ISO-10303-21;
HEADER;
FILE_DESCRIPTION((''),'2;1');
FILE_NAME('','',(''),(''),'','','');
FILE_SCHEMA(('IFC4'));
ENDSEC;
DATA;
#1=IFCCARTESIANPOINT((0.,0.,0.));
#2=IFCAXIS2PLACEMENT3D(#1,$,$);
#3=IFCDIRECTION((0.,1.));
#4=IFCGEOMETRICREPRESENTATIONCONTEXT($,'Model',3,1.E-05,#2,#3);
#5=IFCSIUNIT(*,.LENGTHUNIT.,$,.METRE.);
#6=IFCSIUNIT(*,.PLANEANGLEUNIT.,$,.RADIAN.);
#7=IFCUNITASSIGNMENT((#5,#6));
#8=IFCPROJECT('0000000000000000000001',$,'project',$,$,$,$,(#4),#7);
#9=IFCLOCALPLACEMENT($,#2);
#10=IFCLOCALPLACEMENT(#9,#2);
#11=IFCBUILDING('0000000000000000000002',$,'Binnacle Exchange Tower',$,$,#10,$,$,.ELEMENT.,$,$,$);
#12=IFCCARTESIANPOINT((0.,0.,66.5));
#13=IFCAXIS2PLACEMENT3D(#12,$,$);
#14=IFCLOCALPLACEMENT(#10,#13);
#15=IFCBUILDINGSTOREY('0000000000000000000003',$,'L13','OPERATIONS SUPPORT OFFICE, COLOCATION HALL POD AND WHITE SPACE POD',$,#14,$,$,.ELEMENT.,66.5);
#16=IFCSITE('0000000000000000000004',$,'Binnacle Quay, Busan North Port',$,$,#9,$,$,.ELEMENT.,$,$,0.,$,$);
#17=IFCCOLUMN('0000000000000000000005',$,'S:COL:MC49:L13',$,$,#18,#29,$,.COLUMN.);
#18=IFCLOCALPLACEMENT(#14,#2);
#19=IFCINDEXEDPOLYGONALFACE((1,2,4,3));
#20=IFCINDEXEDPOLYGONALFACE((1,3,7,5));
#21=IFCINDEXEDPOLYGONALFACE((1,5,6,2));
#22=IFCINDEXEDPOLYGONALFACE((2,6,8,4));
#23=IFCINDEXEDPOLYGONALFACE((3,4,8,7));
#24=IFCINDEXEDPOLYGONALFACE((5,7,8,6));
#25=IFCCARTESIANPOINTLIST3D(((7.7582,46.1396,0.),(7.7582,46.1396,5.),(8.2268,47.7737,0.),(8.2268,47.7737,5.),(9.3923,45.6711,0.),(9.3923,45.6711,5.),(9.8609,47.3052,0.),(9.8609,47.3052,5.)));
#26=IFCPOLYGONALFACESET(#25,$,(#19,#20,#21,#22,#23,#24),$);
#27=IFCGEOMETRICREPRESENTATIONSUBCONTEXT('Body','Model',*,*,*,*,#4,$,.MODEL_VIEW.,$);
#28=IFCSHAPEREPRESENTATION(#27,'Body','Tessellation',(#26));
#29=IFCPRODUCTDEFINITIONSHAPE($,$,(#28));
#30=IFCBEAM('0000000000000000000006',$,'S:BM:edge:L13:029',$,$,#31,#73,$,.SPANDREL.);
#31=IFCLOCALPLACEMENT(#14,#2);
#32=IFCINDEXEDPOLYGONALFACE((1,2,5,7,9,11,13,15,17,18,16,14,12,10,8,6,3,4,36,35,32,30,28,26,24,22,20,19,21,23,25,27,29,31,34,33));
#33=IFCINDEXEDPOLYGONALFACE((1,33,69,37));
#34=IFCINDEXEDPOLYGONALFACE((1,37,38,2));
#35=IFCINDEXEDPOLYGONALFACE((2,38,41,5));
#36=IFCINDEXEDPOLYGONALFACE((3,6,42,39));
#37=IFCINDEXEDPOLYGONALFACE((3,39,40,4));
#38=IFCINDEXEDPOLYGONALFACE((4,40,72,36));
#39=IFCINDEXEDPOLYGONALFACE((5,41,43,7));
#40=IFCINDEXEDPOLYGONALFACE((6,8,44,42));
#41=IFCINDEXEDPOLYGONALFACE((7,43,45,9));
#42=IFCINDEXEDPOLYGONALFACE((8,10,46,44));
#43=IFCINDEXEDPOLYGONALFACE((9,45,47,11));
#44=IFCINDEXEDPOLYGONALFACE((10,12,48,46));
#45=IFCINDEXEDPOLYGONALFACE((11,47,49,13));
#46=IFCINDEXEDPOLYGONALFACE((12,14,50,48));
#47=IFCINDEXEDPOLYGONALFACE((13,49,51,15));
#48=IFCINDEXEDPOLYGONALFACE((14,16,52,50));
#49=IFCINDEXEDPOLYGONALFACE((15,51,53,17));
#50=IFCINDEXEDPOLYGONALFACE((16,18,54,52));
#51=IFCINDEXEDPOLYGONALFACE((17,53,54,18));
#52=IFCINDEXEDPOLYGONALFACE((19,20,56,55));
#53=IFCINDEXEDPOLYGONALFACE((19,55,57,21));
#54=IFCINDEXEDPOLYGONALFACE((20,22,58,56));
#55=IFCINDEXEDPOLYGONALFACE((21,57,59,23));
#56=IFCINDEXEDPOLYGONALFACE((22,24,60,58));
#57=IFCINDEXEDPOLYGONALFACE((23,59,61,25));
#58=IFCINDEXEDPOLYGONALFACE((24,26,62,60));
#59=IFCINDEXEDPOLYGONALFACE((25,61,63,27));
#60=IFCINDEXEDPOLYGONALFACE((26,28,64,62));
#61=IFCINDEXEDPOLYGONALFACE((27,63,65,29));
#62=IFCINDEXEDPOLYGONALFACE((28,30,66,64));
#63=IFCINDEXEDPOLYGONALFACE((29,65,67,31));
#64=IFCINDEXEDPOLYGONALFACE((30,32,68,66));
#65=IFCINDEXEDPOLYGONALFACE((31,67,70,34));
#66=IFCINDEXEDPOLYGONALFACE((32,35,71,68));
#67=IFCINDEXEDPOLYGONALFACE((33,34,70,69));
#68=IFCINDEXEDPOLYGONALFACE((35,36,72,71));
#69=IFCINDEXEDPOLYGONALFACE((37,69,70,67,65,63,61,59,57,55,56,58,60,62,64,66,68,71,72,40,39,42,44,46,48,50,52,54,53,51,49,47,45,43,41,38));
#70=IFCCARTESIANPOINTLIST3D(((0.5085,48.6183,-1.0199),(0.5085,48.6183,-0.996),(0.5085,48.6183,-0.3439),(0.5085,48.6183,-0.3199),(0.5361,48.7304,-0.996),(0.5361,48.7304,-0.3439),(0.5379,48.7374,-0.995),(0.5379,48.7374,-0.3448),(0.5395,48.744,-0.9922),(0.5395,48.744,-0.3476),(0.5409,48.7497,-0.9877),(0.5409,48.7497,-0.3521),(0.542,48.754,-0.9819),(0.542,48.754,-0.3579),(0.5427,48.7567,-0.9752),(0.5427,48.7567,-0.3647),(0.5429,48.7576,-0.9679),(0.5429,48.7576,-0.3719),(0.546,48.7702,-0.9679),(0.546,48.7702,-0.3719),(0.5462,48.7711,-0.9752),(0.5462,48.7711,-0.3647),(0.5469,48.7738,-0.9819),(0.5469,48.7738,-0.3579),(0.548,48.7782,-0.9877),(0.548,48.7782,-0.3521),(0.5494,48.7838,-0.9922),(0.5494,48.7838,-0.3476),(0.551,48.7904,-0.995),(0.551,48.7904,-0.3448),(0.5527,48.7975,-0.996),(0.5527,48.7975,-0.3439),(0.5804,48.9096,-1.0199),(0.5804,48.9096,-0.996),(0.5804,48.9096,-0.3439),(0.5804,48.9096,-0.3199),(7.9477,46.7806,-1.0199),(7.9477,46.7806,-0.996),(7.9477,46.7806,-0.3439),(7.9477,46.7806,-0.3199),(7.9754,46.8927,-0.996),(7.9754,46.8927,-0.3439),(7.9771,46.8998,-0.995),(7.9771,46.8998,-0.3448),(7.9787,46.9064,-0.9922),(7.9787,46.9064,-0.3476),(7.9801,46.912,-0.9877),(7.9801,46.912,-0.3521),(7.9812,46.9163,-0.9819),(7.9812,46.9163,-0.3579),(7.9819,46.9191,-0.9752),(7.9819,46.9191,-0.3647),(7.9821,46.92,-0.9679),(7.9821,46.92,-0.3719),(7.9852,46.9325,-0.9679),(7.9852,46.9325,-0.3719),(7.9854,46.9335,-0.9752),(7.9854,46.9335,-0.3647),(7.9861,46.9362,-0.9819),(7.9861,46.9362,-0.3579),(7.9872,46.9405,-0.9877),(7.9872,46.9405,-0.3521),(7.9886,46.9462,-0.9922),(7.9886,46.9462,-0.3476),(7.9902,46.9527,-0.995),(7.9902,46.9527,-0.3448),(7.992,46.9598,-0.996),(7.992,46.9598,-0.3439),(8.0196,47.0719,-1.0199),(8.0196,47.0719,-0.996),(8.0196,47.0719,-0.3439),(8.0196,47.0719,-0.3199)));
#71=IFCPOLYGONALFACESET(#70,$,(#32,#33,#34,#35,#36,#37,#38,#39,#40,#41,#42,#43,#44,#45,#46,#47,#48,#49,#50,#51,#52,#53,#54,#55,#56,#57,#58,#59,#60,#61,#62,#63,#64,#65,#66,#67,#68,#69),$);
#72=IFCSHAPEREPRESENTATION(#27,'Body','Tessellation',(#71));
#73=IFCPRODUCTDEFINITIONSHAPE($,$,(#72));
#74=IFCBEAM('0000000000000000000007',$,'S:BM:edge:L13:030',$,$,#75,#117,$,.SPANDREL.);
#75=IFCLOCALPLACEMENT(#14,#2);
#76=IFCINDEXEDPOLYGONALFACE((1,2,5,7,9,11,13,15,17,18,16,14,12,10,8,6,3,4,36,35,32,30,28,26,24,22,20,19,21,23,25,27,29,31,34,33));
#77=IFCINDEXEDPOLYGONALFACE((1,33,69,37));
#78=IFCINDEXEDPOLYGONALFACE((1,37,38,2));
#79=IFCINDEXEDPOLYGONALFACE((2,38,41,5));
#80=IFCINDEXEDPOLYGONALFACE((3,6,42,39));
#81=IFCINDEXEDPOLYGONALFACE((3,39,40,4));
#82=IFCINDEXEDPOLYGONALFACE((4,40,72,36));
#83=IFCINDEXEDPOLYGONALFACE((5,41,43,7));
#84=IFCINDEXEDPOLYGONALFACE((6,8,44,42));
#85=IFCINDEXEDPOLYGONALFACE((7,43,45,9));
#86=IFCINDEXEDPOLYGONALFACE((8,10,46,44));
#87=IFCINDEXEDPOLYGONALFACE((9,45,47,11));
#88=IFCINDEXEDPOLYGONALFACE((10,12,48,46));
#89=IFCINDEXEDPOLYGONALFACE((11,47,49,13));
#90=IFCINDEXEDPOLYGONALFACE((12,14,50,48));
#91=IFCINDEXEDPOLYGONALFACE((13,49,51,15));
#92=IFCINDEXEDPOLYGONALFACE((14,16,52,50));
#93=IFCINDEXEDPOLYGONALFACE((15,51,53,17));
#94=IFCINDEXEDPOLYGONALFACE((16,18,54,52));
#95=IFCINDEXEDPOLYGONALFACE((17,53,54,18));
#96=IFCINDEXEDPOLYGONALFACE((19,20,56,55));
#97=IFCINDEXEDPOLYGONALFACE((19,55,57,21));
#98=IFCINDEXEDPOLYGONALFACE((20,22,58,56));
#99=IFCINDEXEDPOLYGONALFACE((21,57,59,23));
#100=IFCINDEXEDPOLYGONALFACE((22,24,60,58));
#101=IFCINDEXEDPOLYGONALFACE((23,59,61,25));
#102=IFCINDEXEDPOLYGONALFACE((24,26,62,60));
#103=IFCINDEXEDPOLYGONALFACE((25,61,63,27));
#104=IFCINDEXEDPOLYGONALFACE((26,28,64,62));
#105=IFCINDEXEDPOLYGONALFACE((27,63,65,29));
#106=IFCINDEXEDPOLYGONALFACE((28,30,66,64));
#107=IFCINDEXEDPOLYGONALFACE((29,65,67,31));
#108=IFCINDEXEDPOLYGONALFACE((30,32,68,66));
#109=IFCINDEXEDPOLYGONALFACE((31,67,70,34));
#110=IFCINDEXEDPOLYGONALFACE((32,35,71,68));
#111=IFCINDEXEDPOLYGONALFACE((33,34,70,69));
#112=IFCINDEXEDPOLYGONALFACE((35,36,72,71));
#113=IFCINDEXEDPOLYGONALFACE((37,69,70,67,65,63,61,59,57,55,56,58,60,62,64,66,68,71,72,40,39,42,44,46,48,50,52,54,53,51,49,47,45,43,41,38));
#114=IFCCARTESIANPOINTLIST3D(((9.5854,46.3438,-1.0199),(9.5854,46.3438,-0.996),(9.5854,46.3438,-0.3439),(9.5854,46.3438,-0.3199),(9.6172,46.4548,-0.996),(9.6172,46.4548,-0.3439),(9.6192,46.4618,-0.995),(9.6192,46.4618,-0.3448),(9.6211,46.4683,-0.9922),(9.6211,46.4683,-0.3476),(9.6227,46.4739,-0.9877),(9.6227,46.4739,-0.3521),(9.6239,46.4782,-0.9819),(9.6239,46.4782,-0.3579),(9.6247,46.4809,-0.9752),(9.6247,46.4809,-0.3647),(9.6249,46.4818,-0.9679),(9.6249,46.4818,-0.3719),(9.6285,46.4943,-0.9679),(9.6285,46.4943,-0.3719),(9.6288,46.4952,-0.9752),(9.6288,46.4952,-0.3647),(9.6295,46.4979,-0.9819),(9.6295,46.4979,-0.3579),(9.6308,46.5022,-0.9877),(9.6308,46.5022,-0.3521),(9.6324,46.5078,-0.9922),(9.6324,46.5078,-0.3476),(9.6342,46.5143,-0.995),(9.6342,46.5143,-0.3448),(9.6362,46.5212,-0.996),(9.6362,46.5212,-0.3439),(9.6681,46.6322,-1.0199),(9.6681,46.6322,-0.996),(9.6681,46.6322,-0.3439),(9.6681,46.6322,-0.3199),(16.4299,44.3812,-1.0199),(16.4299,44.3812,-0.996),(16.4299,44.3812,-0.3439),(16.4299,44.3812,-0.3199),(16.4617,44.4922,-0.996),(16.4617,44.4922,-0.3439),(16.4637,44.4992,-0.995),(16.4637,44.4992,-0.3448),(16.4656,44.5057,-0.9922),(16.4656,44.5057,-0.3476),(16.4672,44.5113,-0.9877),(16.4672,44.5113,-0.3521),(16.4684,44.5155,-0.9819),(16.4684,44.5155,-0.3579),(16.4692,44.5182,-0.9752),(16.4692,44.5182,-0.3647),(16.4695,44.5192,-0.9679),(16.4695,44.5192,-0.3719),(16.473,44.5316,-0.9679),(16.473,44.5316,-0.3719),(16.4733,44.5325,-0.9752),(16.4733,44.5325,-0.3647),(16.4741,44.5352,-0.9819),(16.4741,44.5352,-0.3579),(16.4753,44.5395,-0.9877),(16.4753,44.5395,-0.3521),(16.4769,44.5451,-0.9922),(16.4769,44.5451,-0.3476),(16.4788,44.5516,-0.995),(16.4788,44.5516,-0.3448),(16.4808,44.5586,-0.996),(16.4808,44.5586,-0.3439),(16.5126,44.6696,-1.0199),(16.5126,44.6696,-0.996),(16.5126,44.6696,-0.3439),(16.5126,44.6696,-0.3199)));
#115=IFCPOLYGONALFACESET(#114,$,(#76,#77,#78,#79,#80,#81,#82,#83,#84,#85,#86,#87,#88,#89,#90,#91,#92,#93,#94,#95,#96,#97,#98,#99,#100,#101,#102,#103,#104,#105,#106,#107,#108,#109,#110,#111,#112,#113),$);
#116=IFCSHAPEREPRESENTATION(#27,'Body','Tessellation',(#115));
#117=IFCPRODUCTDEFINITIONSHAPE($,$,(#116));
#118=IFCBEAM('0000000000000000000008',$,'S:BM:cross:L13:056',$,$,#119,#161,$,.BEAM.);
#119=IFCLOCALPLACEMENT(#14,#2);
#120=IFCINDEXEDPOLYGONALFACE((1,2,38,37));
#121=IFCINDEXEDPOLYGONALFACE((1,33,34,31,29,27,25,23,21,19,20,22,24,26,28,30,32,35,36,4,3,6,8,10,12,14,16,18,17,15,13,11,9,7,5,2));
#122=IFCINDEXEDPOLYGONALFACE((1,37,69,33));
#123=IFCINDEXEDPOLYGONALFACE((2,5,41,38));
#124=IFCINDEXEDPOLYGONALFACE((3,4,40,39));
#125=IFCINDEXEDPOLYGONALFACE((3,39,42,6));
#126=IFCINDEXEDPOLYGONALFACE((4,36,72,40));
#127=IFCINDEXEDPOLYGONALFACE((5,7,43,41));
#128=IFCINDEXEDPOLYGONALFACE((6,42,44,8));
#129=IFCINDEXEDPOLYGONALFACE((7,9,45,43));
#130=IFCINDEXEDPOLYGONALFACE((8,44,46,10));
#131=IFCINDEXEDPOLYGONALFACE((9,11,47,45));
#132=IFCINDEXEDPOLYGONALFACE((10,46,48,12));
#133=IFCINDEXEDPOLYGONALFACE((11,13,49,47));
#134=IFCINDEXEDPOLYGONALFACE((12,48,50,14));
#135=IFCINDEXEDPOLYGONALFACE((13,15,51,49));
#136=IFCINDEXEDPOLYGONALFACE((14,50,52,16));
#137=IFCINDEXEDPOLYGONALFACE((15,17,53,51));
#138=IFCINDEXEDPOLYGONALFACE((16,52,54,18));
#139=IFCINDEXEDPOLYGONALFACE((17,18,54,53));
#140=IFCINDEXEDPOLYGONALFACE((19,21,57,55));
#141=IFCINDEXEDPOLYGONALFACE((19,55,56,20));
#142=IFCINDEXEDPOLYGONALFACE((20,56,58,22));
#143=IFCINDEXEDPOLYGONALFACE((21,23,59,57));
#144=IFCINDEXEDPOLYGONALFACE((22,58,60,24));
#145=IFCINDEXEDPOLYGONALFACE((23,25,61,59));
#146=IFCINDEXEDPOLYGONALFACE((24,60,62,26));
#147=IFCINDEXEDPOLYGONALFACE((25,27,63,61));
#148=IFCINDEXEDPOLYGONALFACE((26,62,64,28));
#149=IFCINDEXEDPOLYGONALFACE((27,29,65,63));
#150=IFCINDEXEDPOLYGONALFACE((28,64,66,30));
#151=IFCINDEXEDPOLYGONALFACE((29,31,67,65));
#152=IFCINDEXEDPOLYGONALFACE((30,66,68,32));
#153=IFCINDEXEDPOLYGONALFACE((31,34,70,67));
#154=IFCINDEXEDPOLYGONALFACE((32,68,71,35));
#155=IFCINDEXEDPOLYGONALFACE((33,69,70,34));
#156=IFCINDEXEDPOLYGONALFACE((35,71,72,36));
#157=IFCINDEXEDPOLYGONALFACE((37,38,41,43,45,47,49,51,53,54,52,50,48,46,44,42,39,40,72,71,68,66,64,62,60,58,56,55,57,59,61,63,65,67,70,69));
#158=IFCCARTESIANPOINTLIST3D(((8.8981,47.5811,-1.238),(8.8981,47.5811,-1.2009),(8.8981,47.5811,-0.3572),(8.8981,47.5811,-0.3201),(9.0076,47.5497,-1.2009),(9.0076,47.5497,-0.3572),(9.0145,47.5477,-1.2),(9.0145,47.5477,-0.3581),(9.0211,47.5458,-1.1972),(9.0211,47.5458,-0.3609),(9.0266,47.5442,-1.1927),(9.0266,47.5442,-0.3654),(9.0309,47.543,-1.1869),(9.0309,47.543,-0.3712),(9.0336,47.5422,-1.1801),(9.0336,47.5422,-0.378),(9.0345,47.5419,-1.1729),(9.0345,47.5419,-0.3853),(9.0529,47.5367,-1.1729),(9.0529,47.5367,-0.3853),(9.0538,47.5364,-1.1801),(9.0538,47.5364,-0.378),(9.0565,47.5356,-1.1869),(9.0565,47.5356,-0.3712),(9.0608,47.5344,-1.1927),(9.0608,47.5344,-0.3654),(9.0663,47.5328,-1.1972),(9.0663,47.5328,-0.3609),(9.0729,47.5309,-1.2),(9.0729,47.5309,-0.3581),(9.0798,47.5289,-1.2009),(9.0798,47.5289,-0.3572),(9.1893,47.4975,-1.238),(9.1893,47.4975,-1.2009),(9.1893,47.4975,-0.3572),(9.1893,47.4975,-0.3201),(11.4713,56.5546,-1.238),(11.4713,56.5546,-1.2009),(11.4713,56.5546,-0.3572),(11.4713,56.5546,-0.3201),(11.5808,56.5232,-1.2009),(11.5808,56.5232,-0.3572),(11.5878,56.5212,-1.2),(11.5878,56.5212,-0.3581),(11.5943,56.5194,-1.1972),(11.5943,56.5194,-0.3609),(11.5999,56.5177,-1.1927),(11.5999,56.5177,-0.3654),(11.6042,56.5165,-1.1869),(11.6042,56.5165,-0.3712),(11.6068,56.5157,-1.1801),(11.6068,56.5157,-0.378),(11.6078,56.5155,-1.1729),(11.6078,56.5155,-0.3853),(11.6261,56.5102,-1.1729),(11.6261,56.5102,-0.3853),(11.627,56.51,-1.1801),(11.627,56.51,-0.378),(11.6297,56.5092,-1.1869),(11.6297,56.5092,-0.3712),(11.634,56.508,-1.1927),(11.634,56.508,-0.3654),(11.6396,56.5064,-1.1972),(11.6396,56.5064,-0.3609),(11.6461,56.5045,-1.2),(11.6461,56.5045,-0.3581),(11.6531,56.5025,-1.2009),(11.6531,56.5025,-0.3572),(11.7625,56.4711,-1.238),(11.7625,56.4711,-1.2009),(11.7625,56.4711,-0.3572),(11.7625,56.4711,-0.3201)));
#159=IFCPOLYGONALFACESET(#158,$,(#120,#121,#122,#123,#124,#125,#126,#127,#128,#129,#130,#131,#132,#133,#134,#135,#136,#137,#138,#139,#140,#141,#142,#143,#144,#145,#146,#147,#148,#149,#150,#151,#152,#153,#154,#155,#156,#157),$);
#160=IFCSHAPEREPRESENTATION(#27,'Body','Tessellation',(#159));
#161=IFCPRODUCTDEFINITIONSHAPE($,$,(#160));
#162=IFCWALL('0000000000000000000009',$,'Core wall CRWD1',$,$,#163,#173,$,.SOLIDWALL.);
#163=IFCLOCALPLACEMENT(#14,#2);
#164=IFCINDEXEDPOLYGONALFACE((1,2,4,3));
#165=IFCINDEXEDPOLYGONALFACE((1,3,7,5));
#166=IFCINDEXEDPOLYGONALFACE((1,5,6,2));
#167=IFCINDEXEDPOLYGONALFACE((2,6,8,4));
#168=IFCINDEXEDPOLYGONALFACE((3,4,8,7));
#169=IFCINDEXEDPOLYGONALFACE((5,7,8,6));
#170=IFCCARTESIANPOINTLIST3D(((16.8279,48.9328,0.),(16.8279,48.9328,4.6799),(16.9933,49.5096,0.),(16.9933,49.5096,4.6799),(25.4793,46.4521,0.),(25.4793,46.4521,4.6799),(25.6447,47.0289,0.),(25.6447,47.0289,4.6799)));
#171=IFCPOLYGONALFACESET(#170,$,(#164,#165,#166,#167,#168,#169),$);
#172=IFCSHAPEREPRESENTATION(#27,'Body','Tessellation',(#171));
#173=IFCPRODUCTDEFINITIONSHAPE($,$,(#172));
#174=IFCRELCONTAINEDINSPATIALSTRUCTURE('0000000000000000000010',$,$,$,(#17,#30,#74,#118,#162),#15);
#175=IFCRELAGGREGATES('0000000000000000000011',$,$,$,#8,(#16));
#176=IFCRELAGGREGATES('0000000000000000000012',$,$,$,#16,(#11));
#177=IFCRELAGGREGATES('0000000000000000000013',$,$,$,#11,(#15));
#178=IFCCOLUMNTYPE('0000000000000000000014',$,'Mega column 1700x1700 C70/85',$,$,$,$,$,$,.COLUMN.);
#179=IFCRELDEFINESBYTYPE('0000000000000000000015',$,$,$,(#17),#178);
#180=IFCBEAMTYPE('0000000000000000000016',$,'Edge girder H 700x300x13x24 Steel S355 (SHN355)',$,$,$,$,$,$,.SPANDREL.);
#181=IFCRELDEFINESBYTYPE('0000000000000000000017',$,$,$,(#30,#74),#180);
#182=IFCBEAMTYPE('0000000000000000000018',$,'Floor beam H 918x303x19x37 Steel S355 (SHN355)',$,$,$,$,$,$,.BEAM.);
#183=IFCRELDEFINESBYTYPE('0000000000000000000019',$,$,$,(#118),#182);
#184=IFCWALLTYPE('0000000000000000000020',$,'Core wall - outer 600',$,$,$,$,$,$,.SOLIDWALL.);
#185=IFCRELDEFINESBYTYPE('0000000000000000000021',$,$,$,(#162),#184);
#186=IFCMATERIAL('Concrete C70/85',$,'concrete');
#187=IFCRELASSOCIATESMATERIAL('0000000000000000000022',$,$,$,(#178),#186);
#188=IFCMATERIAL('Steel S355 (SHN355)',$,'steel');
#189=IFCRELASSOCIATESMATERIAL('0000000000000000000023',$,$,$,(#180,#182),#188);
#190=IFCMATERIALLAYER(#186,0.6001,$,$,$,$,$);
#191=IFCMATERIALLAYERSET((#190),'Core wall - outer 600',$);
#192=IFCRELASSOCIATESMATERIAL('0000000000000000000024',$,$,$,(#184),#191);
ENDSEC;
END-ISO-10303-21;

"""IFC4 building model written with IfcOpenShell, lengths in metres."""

from ifc_helpers import new_model, si_unit, direction, frame, frame_2d, origin, origin_2d, place, context, subcontext, project, spatial, rectangle, i_section, extrude, material, layer, layer_set, material_profile, profile_set, type_object, element, save


model = new_model("IFC4")

# Units and contexts
model_context = context("Model", 3, precision=1e-05, world=origin(), true_north=direction((0.0, 1.0)))
body_context = subcontext(model_context, "Body", "Model", "MODEL_VIEW")
ifc_project = project(units=[si_unit("LENGTHUNIT", "METRE"), si_unit("PLANEANGLEUNIT", "RADIAN")], contexts=[model_context])

# Site, building, storey
site_placement = place(None, origin())
site = spatial("IfcSite", under=ifc_project, at=site_placement, Name="Binnacle Quay, Busan North Port", CompositionType="ELEMENT", RefElevation=0.0)
building_placement = place(site_placement, origin())
building = spatial("IfcBuilding", under=site, at=building_placement, Name="Binnacle Exchange Tower", CompositionType="ELEMENT")
storey_placement = place(building_placement, frame((0.0, 0.0, 66.5)))
storey = spatial("IfcBuildingStorey", under=building, at=storey_placement, Name="L13", Description="OPERATIONS SUPPORT OFFICE, COLOCATION HALL POD AND WHITE SPACE POD", CompositionType="ELEMENT", Elevation=66.5)

# Column
ifc_material_1 = material(Name="Concrete C70/85", Category="concrete")
ifc_material_profile_1 = material_profile(ifc_material_1, rectangle(XDim=1.7, YDim=1.7, at=origin_2d()), Name="Mega column 1700x1700 C70/85")
ifc_profile_set_1 = profile_set([ifc_material_profile_1], Name="Concrete C70/85")
column_type = type_object("IfcColumnType", Name="Mega column 1700x1700 C70/85", PredefinedType="COLUMN", material=ifc_profile_set_1)
column_placement = place(storey_placement, frame((8.8096, 46.7224, 0.0), z_axis=(0.0, 0.0, 1.0), x_axis=(0.961262, -0.275637, 0.0)))
element("IfcColumn", 1, at=column_placement, inside=storey, type_object=column_type, Name="S:COL:MC49:L13", PredefinedType="COLUMN", context=body_context, shape_type="SweptSolid", body=[
    extrude(rectangle(XDim=1.7, YDim=1.7, at=origin_2d()), origin(), (0.0, 0.0, 1.0), 5.0),
])

# Beams
ifc_material_2 = material(Name="Steel S355 (SHN355)", Category="steel")
ifc_material_profile_2 = material_profile(ifc_material_2, i_section(OverallWidth=0.3, OverallDepth=0.7, WebThickness=0.0129, FlangeThickness=0.0239, FilletRadius=0.0281, at=origin_2d()), Name="H 700x300x13x24")
ifc_profile_set_2 = profile_set([ifc_material_profile_2], Name="Steel S355 (SHN355)")
beam_type_1 = type_object("IfcBeamType", Name="Edge girder H 700x300x13x24 Steel S355 (SHN355)", PredefinedType="SPANDREL", material=ifc_profile_set_2)
beam_1_placement = place(storey_placement, frame((0.5444, 48.7639, -0.6699), z_axis=(0.970819, -0.239813, 0.0), x_axis=(0.239813, 0.970819, 0.0)))
element("IfcBeam", 2, at=beam_1_placement, inside=storey, type_object=beam_type_1, Name="S:BM:edge:L13:029", PredefinedType="SPANDREL", context=body_context, shape_type="SweptSolid", body=[
    extrude(i_section(OverallWidth=0.3, OverallDepth=0.7, WebThickness=0.0129, FlangeThickness=0.0239, FilletRadius=0.0281, at=origin_2d()), origin(), (0.0, 0.0, 1.0), 7.6628),
])
beam_2_placement = place(storey_placement, frame((9.6267, 46.488, -0.6699), z_axis=(0.961261, -0.27564, 0.0), x_axis=(0.27564, 0.961261, 0.0)))
element("IfcBeam", 3, at=beam_2_placement, inside=storey, type_object=beam_type_1, Name="S:BM:edge:L13:030", PredefinedType="SPANDREL", context=body_context, shape_type="SweptSolid", body=[
    extrude(i_section(OverallWidth=0.3, OverallDepth=0.7, WebThickness=0.0129, FlangeThickness=0.0239, FilletRadius=0.0281, at=origin_2d()), origin(), (0.0, 0.0, 1.0), 7.1204),
])
ifc_material_profile_3 = material_profile(ifc_material_2, i_section(OverallWidth=0.303, OverallDepth=0.918, WebThickness=0.019, FlangeThickness=0.0371, FilletRadius=0.0281, at=origin_2d()), Name="H 918x303x19x37")
ifc_profile_set_3 = profile_set([ifc_material_profile_3], Name="Steel S355 (SHN355)")
beam_type_2 = type_object("IfcBeamType", Name="Floor beam H 918x303x19x37 Steel S355 (SHN355)", PredefinedType="BEAM", material=ifc_profile_set_3)
beam_3_placement = place(storey_placement, frame((9.0437, 47.5393, -0.7791), z_axis=(0.275647, 0.961259, 0.0), x_axis=(-0.961259, 0.275647, 0.0)))
element("IfcBeam", 4, at=beam_3_placement, inside=storey, type_object=beam_type_2, Name="S:BM:cross:L13:056", PredefinedType="BEAM", context=body_context, shape_type="SweptSolid", body=[
    extrude(i_section(OverallWidth=0.303, OverallDepth=0.918, WebThickness=0.019, FlangeThickness=0.0371, FilletRadius=0.0281, at=origin_2d()), origin(), (0.0, 0.0, 1.0), 9.3352),
])

# Wall
ifc_layer_1 = layer(ifc_material_1, 0.6001)
ifc_layer_set_1 = layer_set([ifc_layer_1], Name="Core wall - outer 600")
wall_type_1 = type_object("IfcWallType", Name="Core wall - outer 600", PredefinedType="SOLIDWALL", material=ifc_layer_set_1)
wall_1_placement = place(storey_placement, frame((16.9106, 49.2212, 0.0), z_axis=(0.0, 0.0, 1.0), x_axis=(0.961262, -0.275635, 0.0)))
element("IfcWall", 5, at=wall_1_placement, inside=storey, type_object=wall_type_1, Name="Core wall CRWD1", PredefinedType="SOLIDWALL", context=body_context, shape_type="SweptSolid", body=[
    extrude(rectangle(XDim=9.0, YDim=0.6001, at=frame_2d((4.5, 0.0))), origin(), (0.0, 0.0, 1.0), 4.6799),
])

save(model, "model.ifc")
